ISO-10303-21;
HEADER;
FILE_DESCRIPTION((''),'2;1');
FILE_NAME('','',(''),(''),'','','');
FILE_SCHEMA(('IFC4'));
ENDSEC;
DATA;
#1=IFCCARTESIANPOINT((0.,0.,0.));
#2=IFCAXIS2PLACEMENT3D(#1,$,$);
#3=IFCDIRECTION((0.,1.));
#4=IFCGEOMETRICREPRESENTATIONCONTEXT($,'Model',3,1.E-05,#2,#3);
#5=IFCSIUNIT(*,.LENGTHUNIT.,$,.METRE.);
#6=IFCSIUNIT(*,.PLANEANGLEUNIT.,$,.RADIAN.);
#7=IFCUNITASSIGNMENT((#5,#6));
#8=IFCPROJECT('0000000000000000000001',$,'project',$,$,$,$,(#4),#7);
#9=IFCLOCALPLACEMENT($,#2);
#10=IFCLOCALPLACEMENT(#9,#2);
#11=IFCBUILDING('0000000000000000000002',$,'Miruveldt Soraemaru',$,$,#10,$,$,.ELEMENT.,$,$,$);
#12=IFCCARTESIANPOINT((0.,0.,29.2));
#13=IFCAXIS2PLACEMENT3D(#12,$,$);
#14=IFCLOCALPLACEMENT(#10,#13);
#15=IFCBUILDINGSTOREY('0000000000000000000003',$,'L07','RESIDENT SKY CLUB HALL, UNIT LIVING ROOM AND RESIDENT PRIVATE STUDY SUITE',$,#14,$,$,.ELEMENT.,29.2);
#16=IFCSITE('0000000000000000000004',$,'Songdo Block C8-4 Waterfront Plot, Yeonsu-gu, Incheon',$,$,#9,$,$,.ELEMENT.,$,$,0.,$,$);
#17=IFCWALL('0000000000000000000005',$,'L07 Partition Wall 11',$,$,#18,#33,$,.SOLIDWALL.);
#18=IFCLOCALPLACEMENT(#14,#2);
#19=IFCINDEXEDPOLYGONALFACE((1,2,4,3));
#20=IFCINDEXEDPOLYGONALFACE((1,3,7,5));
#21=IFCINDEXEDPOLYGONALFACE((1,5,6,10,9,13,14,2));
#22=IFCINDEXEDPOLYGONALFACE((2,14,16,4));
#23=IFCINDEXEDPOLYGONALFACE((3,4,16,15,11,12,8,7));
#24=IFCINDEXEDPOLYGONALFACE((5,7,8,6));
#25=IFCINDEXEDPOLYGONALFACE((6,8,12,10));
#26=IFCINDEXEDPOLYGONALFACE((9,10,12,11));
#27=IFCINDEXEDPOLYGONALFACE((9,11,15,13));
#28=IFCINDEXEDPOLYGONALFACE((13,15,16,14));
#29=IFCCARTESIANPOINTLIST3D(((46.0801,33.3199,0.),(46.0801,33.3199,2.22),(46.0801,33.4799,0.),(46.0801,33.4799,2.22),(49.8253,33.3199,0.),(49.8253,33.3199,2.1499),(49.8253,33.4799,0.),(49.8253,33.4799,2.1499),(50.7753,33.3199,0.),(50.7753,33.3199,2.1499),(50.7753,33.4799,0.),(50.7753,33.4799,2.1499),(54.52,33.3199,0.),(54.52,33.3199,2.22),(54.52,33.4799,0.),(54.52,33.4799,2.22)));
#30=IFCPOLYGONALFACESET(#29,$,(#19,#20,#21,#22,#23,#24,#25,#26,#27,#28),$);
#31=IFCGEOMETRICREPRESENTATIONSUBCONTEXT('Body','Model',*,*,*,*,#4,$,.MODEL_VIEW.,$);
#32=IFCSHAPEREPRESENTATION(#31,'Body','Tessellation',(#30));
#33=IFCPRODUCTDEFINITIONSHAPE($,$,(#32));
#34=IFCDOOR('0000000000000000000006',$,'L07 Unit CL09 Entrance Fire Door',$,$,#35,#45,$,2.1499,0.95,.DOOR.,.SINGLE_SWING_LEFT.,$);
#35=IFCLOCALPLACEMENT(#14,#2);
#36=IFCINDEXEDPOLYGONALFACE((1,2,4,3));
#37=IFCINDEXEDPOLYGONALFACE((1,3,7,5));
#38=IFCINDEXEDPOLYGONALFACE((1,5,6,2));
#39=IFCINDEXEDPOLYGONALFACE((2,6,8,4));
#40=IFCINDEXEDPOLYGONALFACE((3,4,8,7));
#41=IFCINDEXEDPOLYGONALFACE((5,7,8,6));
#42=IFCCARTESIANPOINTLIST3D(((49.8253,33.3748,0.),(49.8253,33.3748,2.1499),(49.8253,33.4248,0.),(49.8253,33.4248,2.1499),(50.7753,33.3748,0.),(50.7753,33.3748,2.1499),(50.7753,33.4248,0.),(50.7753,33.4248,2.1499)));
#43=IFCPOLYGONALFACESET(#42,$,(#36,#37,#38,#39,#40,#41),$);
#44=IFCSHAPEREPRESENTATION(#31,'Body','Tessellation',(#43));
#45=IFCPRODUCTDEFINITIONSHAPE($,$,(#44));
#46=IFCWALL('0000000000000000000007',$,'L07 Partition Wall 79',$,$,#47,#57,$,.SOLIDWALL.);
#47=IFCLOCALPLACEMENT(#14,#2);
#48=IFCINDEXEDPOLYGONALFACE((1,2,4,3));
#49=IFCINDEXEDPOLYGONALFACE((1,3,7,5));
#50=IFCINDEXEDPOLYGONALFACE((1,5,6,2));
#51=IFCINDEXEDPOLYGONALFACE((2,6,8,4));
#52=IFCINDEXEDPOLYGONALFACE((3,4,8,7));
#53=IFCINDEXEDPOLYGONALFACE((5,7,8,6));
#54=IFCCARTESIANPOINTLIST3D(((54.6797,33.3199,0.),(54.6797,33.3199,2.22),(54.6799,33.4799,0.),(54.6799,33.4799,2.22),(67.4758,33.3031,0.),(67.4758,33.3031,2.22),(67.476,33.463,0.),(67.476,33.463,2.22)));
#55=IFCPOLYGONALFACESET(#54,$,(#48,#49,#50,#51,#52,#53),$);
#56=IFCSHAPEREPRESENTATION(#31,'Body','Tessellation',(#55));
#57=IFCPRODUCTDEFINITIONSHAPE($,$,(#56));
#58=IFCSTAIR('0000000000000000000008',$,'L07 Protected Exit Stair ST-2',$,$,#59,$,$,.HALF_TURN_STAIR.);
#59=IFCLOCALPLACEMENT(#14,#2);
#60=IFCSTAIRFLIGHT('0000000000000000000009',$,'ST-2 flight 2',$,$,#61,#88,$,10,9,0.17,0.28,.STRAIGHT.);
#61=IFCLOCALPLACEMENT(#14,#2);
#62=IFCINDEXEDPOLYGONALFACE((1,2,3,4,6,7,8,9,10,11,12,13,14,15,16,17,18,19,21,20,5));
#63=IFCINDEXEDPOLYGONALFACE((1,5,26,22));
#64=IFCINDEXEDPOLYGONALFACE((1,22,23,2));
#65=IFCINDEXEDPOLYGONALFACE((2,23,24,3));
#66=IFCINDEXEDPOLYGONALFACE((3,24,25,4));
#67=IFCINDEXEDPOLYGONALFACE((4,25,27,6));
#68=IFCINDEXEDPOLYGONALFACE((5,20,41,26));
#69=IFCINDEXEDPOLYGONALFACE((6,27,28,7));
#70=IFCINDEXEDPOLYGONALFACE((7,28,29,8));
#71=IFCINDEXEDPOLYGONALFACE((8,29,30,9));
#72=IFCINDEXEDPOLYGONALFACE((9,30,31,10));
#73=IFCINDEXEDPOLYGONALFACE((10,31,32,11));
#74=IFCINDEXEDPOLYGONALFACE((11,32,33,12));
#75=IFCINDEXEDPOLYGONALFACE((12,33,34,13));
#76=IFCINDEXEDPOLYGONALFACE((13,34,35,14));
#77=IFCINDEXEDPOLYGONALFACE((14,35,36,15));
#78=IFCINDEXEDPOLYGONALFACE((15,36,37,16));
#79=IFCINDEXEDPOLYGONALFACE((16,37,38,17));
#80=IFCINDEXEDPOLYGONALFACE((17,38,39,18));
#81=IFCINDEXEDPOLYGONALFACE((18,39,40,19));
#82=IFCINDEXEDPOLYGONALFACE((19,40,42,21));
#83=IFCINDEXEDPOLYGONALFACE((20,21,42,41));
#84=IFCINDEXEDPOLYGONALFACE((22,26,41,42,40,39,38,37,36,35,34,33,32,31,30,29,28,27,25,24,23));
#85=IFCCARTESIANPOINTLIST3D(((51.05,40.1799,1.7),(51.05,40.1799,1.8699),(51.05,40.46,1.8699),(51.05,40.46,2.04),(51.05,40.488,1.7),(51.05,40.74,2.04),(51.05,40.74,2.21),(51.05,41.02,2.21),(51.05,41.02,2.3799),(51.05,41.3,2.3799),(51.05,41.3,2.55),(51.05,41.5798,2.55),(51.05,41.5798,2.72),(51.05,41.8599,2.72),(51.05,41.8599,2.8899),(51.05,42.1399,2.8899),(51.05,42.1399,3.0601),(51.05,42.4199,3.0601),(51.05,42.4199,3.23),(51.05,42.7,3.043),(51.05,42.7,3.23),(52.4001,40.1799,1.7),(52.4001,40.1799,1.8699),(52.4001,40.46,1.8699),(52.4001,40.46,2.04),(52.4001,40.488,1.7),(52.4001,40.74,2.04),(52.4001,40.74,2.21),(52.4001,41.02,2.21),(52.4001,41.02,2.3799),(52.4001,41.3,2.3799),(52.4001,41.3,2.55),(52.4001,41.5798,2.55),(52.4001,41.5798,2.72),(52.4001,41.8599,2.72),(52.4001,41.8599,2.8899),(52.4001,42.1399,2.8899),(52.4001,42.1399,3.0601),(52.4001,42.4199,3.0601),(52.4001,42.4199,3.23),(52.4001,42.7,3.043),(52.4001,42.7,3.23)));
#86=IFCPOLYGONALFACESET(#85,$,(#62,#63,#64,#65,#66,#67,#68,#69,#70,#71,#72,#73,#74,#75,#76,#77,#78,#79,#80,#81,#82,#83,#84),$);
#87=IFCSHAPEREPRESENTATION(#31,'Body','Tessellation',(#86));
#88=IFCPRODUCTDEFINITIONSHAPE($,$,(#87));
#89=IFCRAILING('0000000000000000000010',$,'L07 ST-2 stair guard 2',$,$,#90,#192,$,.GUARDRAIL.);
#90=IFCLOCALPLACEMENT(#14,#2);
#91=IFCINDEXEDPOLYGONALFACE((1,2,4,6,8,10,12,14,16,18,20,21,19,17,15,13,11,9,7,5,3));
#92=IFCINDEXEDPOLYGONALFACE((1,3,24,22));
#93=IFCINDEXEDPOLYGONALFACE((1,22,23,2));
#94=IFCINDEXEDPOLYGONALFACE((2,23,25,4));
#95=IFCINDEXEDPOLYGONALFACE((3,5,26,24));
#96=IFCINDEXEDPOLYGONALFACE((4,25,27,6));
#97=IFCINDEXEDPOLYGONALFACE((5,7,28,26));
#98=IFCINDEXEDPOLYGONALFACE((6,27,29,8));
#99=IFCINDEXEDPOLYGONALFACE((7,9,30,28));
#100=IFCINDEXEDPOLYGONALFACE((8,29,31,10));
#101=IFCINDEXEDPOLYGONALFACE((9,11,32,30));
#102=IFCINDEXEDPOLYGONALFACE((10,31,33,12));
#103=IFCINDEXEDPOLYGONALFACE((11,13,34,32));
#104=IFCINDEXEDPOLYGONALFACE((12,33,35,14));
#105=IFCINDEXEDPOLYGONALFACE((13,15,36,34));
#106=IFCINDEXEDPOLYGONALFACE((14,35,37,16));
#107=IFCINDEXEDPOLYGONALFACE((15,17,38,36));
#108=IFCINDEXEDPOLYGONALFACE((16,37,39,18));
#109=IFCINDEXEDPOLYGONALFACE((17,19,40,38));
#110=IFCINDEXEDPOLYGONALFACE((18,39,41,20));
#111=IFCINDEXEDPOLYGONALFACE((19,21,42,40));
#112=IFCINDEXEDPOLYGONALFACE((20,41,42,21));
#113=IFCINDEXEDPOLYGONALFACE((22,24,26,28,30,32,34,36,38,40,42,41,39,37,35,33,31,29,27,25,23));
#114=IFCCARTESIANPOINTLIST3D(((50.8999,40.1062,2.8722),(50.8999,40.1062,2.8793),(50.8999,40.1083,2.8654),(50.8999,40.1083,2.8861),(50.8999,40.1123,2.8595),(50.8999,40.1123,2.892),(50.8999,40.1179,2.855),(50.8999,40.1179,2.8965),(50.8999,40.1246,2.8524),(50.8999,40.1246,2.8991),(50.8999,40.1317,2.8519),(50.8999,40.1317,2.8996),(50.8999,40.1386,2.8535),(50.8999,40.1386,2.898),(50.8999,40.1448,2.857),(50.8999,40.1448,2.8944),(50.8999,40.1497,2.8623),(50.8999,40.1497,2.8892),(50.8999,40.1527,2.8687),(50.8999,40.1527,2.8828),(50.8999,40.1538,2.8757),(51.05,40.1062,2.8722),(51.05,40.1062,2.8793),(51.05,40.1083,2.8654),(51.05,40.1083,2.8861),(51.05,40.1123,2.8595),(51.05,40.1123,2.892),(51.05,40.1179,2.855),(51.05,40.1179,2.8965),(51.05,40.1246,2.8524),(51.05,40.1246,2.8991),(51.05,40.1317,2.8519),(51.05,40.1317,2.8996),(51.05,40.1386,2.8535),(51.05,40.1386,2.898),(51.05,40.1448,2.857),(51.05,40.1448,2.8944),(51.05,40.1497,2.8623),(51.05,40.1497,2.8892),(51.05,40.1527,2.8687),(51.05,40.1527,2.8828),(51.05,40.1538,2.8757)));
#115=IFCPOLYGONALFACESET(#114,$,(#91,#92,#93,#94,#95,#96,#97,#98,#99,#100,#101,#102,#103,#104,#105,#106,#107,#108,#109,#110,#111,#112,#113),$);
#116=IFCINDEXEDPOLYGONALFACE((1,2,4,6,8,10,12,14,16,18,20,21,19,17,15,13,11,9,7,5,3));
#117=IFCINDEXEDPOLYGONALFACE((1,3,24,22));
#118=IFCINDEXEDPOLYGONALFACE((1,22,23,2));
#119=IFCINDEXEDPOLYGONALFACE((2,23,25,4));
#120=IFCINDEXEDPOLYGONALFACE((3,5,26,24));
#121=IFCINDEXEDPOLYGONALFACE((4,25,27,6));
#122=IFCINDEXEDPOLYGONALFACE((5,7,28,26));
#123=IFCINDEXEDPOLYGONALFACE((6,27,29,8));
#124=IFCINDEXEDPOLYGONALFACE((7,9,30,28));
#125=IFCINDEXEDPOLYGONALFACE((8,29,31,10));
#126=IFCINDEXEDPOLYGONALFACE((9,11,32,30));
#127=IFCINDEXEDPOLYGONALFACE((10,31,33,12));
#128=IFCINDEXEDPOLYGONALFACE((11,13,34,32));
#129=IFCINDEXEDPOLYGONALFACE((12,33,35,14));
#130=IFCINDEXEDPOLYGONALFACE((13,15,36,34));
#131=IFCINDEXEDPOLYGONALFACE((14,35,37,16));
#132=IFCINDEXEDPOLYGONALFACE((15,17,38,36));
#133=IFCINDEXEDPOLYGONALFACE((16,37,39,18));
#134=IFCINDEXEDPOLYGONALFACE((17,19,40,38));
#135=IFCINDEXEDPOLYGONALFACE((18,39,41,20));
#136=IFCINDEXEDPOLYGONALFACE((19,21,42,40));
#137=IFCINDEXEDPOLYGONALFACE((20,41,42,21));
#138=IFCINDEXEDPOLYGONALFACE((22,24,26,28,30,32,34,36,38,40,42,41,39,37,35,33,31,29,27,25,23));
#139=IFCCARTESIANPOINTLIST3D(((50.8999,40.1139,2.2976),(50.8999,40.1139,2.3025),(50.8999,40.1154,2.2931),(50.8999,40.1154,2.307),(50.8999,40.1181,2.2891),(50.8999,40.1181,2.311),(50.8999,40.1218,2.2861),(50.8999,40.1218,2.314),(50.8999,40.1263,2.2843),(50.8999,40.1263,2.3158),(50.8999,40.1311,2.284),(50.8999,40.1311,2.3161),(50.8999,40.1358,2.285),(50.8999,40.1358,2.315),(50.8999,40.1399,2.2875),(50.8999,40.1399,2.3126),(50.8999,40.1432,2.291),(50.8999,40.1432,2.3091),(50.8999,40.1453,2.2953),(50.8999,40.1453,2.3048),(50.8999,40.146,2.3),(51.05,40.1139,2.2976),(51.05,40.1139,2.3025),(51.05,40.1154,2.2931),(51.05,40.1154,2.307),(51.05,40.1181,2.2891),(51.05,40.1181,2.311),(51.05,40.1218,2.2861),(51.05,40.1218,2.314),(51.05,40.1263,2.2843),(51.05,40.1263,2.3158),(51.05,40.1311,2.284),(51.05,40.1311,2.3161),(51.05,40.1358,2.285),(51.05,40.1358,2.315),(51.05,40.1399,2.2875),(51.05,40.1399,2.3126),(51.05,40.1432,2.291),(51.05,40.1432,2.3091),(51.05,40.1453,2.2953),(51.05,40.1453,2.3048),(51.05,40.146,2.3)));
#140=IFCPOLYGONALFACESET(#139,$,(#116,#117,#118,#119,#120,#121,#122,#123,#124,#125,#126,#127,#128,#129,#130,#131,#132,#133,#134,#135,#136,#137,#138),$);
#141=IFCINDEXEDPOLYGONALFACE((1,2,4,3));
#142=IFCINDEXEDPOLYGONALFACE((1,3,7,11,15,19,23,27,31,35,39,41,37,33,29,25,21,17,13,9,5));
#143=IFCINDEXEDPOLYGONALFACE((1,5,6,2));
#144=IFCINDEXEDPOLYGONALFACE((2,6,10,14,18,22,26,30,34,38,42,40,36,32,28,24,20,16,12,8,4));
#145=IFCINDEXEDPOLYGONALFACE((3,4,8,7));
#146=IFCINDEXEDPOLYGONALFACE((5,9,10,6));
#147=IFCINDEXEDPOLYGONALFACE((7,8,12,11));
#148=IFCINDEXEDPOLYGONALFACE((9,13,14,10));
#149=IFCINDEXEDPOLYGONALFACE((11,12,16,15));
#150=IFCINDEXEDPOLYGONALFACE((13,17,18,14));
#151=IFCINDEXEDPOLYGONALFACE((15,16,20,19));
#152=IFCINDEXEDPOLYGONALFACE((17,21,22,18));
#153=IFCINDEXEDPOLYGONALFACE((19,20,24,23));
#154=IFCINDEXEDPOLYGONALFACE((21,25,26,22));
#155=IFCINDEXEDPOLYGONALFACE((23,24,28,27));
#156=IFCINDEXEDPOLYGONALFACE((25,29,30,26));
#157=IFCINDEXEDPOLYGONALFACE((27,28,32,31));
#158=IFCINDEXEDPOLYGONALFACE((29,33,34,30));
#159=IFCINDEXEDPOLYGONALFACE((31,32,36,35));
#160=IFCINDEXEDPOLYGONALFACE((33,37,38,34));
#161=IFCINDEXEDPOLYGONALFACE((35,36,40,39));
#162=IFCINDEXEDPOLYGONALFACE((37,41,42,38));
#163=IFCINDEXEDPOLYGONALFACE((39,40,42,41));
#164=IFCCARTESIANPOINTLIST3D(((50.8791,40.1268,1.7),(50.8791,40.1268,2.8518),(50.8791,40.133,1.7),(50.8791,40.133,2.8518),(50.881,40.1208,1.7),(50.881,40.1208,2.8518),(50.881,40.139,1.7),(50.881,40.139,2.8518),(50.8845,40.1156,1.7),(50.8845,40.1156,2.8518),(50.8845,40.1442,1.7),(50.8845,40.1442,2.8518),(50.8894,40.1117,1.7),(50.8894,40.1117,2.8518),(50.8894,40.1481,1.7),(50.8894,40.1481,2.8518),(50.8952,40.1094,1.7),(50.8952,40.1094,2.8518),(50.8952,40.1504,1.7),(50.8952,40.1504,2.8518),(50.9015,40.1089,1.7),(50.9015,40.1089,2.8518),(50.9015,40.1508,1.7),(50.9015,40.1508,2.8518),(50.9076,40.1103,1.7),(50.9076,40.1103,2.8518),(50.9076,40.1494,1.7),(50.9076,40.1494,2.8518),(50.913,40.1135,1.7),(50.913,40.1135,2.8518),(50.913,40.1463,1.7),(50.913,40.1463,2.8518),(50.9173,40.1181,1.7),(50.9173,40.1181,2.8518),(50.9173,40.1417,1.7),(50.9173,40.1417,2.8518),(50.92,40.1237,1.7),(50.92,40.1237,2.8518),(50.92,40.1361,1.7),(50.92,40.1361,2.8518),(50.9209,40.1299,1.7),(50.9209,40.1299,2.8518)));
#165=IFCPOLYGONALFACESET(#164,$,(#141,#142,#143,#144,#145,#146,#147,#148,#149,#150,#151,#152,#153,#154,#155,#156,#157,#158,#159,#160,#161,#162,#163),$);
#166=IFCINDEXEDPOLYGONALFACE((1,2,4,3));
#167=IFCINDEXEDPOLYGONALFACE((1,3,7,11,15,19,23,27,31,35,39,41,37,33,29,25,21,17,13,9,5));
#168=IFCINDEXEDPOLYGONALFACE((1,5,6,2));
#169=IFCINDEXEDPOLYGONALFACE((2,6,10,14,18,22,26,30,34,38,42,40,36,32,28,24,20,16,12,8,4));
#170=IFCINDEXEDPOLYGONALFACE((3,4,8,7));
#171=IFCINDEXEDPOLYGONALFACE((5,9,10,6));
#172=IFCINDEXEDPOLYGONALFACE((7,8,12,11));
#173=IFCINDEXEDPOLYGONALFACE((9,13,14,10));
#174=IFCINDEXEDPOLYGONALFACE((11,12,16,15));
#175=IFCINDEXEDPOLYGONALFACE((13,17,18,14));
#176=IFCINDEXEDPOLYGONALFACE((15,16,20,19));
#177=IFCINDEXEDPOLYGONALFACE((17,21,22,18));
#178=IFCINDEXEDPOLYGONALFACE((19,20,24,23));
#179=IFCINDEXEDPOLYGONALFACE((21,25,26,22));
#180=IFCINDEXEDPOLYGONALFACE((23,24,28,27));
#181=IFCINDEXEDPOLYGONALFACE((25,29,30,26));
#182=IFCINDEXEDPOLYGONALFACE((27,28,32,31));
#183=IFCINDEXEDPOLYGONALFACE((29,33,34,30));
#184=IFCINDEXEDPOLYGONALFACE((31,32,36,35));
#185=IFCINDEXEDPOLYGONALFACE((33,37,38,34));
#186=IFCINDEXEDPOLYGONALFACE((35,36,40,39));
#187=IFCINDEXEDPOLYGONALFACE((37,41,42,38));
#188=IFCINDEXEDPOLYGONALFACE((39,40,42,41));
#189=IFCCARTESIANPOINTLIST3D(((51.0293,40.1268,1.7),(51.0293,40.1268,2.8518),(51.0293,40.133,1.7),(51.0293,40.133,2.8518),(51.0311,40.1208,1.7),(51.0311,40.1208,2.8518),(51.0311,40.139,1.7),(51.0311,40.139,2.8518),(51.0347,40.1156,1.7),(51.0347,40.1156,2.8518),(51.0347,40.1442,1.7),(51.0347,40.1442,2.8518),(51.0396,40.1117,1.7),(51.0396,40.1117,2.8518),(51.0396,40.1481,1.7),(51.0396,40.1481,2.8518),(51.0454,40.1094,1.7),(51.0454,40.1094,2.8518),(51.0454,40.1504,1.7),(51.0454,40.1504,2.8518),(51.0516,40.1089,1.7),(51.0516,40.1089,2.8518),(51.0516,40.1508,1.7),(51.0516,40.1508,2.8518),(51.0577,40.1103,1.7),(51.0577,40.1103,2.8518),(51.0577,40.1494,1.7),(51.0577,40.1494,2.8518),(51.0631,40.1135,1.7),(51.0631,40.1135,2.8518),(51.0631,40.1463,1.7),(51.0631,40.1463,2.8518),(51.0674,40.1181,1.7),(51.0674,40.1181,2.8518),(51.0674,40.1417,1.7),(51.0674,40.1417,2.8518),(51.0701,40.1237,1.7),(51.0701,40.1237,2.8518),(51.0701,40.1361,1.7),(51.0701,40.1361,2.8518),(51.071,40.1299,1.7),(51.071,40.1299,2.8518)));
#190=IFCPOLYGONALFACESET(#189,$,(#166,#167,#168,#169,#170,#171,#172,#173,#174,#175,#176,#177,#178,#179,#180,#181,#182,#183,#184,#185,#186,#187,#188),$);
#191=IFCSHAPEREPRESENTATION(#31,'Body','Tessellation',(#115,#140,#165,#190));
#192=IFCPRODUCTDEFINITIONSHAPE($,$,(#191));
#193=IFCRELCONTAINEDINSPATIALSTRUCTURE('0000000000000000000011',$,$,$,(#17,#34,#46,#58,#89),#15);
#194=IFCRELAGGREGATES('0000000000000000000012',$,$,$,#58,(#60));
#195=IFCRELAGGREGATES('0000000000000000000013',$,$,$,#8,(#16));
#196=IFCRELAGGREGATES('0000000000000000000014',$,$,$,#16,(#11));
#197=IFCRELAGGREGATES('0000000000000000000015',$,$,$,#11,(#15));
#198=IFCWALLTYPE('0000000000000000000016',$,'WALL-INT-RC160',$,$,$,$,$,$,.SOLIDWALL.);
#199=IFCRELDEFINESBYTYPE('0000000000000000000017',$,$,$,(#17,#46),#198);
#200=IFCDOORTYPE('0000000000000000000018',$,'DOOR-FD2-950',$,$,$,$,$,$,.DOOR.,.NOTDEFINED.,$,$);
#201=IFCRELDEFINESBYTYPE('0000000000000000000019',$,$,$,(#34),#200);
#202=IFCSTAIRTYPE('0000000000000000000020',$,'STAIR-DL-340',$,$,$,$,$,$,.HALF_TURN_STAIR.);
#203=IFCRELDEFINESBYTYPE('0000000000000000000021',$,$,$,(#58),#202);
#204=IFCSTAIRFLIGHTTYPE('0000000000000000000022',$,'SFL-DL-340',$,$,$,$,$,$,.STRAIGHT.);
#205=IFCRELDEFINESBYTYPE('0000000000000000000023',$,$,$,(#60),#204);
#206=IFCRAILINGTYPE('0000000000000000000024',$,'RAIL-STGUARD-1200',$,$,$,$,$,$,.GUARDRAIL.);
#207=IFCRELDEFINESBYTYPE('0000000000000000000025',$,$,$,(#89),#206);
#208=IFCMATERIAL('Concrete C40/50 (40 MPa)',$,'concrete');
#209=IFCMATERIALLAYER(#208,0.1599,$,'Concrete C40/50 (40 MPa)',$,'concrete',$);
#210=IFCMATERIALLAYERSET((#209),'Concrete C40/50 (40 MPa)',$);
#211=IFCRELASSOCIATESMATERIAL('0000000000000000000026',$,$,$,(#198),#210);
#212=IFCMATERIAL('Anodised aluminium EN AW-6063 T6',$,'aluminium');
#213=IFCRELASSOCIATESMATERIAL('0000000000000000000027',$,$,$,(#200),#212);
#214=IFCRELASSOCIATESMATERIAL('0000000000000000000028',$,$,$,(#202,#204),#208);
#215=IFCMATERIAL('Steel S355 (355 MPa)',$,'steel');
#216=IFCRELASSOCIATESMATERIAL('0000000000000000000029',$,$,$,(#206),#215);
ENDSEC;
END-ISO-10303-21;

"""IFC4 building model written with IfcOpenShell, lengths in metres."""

from ifc_helpers import new_model, si_unit, direction, frame, frame_2d, origin, origin_2d, place, context, subcontext, project, spatial, polyline, rectangle, circle, outline, extrude, material, layer, layer_set, type_object, element, fill, aggregate, save


model = new_model("IFC4")

# Units and contexts
model_context = context("Model", 3, precision=1e-05, world=origin(), true_north=direction((0.0, 1.0)))
body_context = subcontext(model_context, "Body", "Model", "MODEL_VIEW")
ifc_project = project(units=[si_unit("LENGTHUNIT", "METRE"), si_unit("PLANEANGLEUNIT", "RADIAN")], contexts=[model_context])

# Site, building, storey
site_placement = place(None, origin())
site = spatial("IfcSite", under=ifc_project, at=site_placement, Name="Songdo Block C8-4 Waterfront Plot, Yeonsu-gu, Incheon", CompositionType="ELEMENT", RefElevation=0.0)
building_placement = place(site_placement, origin())
building = spatial("IfcBuilding", under=site, at=building_placement, Name="Miruveldt Soraemaru", CompositionType="ELEMENT")
storey_placement = place(building_placement, frame((0.0, 0.0, 29.2)))
storey = spatial("IfcBuildingStorey", under=building, at=storey_placement, Name="L07", Description="RESIDENT SKY CLUB HALL, UNIT LIVING ROOM AND RESIDENT PRIVATE STUDY SUITE", CompositionType="ELEMENT", Elevation=29.2)

# Shared definitions
ifc_material_1 = material(Name="Anodised aluminium EN AW-6063 T6", Category="aluminium")

# Wall, opening, door
ifc_material_2 = material(Name="Concrete C40/50 (40 MPa)", Category="concrete")
ifc_layer_1 = layer(ifc_material_2, 0.1599, Name="Concrete C40/50 (40 MPa)", Category="concrete")
ifc_layer_set_1 = layer_set([ifc_layer_1], Name="Concrete C40/50 (40 MPa)")
wall_type_1 = type_object("IfcWallType", Name="WALL-INT-RC160", PredefinedType="SOLIDWALL", material=ifc_layer_set_1)
door_type_1 = type_object("IfcDoorType", Name="DOOR-FD2-950", OperationType="NOTDEFINED", PredefinedType="DOOR", material=ifc_material_1)
wall_1_placement = place(storey_placement, frame((46.0801, 33.3999, 0.0), z_axis=(0.0, 0.0, 1.0), x_axis=(1.0, 0.0, 0.0)))
wall_1 = element("IfcWall", 1, at=wall_1_placement, inside=storey, type_object=wall_type_1, Name="L07 Partition Wall 11", PredefinedType="SOLIDWALL", context=body_context, shape_type="SweptSolid", body=[
    extrude(rectangle(XDim=8.4399, YDim=0.1599, at=frame_2d((4.22, 0.0))), origin(), (0.0, 0.0, 1.0), 2.22),
])
opening_1_placement = place(wall_1_placement, frame((3.7451, 0.0, 0.0)))
opening_1 = element("IfcOpeningElement", 2, at=opening_1_placement, cuts=wall_1, PredefinedType="OPENING", context=body_context, shape_type="SweptSolid", body=[
    extrude(rectangle(XDim=0.95, YDim=2.1499, at=frame_2d((0.4751, 1.075))), frame((0.0, 0.0898, 0.0), z_axis=(0.0, -1.0, 0.0), x_axis=(1.0, 0.0, 0.0)), (0.0, 0.0, 1.0), 0.1799),
])
door_1_placement = place(opening_1_placement, origin())
door_1 = element("IfcDoor", 3, at=door_1_placement, inside=storey, type_object=door_type_1, Name="L07 Unit CL09 Entrance Fire Door", OperationType="SINGLE_SWING_LEFT", OverallHeight=2.1499, OverallWidth=0.95, PredefinedType="DOOR", context=body_context, shape_type="SweptSolid", body=[
    extrude(rectangle(XDim=0.95, YDim=2.1499, at=frame_2d((0.4751, 1.075))), frame((0.0, 0.0249, 0.0), z_axis=(0.0, -1.0, 0.0), x_axis=(1.0, 0.0, 0.0)), (0.0, 0.0, 1.0), 0.05),
])
fill(opening_1, door_1)

# Wall
wall_2_placement = place(storey_placement, frame((54.6799, 33.3999, 0.0), z_axis=(0.0, 0.0, 1.0), x_axis=(0.999999, -0.001316, 0.0)))
element("IfcWall", 4, at=wall_2_placement, inside=storey, type_object=wall_type_1, Name="L07 Partition Wall 79", PredefinedType="SOLIDWALL", context=body_context, shape_type="SweptSolid", body=[
    extrude(rectangle(XDim=12.7961, YDim=0.1599, at=frame_2d((6.3979, 0.0))), origin(), (0.0, 0.0, 1.0), 2.22),
])

# Stair, stair flight
stair_type = type_object("IfcStairType", Name="STAIR-DL-340", PredefinedType="HALF_TURN_STAIR", material=ifc_material_2)
stair_placement = place(storey_placement, origin())
stair = element("IfcStair", 5, at=stair_placement, inside=storey, type_object=stair_type, Name="L07 Protected Exit Stair ST-2", PredefinedType="HALF_TURN_STAIR")
stair_flight_type = type_object("IfcStairFlightType", Name="SFL-DL-340", PredefinedType="STRAIGHT", material=ifc_material_2)
stair_flight_placement = place(storey_placement, frame((51.7251, 40.1799, 1.7), z_axis=(0.0, 0.0, 1.0), x_axis=(0.0, 1.0, 0.0)))
stair_flight = element("IfcStairFlight", 6, at=stair_flight_placement, type_object=stair_flight_type, Name="ST-2 flight 2", NumberOfRisers=10, NumberOfTreads=9, PredefinedType="STRAIGHT", RiserHeight=0.17, TreadLength=0.28, context=body_context, shape_type="SweptSolid", body=[
    extrude(outline(polyline([(0.0, 0.0), (0.0, 0.1699), (0.28, 0.1699), (0.28, 0.3401), (0.5601, 0.3401), (0.5601, 0.51), (0.8401, 0.51), (0.8401, 0.6799), (1.1201, 0.6799), (1.1201, 0.8501), (1.3999, 0.8501), (1.3999, 1.02), (1.6799, 1.02), (1.6799, 1.1899), (1.96, 1.1899), (1.96, 1.3601), (2.24, 1.3601), (2.24, 1.53), (2.52, 1.53), (2.52, 1.7), (2.52, 1.343), (0.3081, 0.0), (0.0, 0.0)])), frame((0.0, 0.675, 0.0), z_axis=(0.0, -1.0, 0.0), x_axis=(1.0, 0.0, 0.0)), (0.0, 0.0, 1.0), 1.3501),
])
aggregate(stair, [stair_flight])

# Railing
ifc_material_3 = material(Name="Steel S355 (355 MPa)", Category="steel")
railing_type_1 = type_object("IfcRailingType", Name="RAIL-STGUARD-1200", PredefinedType="GUARDRAIL", material=ifc_material_3)
railing_1_placement = place(storey_placement, frame((50.8999, 40.1299, 1.7)))
element("IfcRailing", 7, at=railing_1_placement, inside=storey, type_object=railing_type_1, Name="L07 ST-2 stair guard 2", PredefinedType="GUARDRAIL", context=body_context, shape_type="SweptSolid", body=[
    extrude(circle(Radius=0.0239, at=origin_2d()), frame((0.0, 0.0, 1.1758), z_axis=(1.0, 0.0, 0.0), x_axis=(0.0, 1.0, 0.0)), (0.0, 0.0, 1.0), 0.1501),
    extrude(circle(Radius=0.0161, at=origin_2d()), frame((0.0, 0.0, 0.6001), z_axis=(1.0, 0.0, 0.0), x_axis=(0.0, 1.0, 0.0)), (0.0, 0.0, 1.0), 0.1501),
    extrude(circle(Radius=0.021, at=origin_2d()), origin(), (0.0, 0.0, 1.0), 1.1519),
    extrude(circle(Radius=0.021, at=origin_2d()), frame((0.1501, 0.0, 0.0)), (0.0, 0.0, 1.0), 1.1519),
])

save(model, "model.ifc")
